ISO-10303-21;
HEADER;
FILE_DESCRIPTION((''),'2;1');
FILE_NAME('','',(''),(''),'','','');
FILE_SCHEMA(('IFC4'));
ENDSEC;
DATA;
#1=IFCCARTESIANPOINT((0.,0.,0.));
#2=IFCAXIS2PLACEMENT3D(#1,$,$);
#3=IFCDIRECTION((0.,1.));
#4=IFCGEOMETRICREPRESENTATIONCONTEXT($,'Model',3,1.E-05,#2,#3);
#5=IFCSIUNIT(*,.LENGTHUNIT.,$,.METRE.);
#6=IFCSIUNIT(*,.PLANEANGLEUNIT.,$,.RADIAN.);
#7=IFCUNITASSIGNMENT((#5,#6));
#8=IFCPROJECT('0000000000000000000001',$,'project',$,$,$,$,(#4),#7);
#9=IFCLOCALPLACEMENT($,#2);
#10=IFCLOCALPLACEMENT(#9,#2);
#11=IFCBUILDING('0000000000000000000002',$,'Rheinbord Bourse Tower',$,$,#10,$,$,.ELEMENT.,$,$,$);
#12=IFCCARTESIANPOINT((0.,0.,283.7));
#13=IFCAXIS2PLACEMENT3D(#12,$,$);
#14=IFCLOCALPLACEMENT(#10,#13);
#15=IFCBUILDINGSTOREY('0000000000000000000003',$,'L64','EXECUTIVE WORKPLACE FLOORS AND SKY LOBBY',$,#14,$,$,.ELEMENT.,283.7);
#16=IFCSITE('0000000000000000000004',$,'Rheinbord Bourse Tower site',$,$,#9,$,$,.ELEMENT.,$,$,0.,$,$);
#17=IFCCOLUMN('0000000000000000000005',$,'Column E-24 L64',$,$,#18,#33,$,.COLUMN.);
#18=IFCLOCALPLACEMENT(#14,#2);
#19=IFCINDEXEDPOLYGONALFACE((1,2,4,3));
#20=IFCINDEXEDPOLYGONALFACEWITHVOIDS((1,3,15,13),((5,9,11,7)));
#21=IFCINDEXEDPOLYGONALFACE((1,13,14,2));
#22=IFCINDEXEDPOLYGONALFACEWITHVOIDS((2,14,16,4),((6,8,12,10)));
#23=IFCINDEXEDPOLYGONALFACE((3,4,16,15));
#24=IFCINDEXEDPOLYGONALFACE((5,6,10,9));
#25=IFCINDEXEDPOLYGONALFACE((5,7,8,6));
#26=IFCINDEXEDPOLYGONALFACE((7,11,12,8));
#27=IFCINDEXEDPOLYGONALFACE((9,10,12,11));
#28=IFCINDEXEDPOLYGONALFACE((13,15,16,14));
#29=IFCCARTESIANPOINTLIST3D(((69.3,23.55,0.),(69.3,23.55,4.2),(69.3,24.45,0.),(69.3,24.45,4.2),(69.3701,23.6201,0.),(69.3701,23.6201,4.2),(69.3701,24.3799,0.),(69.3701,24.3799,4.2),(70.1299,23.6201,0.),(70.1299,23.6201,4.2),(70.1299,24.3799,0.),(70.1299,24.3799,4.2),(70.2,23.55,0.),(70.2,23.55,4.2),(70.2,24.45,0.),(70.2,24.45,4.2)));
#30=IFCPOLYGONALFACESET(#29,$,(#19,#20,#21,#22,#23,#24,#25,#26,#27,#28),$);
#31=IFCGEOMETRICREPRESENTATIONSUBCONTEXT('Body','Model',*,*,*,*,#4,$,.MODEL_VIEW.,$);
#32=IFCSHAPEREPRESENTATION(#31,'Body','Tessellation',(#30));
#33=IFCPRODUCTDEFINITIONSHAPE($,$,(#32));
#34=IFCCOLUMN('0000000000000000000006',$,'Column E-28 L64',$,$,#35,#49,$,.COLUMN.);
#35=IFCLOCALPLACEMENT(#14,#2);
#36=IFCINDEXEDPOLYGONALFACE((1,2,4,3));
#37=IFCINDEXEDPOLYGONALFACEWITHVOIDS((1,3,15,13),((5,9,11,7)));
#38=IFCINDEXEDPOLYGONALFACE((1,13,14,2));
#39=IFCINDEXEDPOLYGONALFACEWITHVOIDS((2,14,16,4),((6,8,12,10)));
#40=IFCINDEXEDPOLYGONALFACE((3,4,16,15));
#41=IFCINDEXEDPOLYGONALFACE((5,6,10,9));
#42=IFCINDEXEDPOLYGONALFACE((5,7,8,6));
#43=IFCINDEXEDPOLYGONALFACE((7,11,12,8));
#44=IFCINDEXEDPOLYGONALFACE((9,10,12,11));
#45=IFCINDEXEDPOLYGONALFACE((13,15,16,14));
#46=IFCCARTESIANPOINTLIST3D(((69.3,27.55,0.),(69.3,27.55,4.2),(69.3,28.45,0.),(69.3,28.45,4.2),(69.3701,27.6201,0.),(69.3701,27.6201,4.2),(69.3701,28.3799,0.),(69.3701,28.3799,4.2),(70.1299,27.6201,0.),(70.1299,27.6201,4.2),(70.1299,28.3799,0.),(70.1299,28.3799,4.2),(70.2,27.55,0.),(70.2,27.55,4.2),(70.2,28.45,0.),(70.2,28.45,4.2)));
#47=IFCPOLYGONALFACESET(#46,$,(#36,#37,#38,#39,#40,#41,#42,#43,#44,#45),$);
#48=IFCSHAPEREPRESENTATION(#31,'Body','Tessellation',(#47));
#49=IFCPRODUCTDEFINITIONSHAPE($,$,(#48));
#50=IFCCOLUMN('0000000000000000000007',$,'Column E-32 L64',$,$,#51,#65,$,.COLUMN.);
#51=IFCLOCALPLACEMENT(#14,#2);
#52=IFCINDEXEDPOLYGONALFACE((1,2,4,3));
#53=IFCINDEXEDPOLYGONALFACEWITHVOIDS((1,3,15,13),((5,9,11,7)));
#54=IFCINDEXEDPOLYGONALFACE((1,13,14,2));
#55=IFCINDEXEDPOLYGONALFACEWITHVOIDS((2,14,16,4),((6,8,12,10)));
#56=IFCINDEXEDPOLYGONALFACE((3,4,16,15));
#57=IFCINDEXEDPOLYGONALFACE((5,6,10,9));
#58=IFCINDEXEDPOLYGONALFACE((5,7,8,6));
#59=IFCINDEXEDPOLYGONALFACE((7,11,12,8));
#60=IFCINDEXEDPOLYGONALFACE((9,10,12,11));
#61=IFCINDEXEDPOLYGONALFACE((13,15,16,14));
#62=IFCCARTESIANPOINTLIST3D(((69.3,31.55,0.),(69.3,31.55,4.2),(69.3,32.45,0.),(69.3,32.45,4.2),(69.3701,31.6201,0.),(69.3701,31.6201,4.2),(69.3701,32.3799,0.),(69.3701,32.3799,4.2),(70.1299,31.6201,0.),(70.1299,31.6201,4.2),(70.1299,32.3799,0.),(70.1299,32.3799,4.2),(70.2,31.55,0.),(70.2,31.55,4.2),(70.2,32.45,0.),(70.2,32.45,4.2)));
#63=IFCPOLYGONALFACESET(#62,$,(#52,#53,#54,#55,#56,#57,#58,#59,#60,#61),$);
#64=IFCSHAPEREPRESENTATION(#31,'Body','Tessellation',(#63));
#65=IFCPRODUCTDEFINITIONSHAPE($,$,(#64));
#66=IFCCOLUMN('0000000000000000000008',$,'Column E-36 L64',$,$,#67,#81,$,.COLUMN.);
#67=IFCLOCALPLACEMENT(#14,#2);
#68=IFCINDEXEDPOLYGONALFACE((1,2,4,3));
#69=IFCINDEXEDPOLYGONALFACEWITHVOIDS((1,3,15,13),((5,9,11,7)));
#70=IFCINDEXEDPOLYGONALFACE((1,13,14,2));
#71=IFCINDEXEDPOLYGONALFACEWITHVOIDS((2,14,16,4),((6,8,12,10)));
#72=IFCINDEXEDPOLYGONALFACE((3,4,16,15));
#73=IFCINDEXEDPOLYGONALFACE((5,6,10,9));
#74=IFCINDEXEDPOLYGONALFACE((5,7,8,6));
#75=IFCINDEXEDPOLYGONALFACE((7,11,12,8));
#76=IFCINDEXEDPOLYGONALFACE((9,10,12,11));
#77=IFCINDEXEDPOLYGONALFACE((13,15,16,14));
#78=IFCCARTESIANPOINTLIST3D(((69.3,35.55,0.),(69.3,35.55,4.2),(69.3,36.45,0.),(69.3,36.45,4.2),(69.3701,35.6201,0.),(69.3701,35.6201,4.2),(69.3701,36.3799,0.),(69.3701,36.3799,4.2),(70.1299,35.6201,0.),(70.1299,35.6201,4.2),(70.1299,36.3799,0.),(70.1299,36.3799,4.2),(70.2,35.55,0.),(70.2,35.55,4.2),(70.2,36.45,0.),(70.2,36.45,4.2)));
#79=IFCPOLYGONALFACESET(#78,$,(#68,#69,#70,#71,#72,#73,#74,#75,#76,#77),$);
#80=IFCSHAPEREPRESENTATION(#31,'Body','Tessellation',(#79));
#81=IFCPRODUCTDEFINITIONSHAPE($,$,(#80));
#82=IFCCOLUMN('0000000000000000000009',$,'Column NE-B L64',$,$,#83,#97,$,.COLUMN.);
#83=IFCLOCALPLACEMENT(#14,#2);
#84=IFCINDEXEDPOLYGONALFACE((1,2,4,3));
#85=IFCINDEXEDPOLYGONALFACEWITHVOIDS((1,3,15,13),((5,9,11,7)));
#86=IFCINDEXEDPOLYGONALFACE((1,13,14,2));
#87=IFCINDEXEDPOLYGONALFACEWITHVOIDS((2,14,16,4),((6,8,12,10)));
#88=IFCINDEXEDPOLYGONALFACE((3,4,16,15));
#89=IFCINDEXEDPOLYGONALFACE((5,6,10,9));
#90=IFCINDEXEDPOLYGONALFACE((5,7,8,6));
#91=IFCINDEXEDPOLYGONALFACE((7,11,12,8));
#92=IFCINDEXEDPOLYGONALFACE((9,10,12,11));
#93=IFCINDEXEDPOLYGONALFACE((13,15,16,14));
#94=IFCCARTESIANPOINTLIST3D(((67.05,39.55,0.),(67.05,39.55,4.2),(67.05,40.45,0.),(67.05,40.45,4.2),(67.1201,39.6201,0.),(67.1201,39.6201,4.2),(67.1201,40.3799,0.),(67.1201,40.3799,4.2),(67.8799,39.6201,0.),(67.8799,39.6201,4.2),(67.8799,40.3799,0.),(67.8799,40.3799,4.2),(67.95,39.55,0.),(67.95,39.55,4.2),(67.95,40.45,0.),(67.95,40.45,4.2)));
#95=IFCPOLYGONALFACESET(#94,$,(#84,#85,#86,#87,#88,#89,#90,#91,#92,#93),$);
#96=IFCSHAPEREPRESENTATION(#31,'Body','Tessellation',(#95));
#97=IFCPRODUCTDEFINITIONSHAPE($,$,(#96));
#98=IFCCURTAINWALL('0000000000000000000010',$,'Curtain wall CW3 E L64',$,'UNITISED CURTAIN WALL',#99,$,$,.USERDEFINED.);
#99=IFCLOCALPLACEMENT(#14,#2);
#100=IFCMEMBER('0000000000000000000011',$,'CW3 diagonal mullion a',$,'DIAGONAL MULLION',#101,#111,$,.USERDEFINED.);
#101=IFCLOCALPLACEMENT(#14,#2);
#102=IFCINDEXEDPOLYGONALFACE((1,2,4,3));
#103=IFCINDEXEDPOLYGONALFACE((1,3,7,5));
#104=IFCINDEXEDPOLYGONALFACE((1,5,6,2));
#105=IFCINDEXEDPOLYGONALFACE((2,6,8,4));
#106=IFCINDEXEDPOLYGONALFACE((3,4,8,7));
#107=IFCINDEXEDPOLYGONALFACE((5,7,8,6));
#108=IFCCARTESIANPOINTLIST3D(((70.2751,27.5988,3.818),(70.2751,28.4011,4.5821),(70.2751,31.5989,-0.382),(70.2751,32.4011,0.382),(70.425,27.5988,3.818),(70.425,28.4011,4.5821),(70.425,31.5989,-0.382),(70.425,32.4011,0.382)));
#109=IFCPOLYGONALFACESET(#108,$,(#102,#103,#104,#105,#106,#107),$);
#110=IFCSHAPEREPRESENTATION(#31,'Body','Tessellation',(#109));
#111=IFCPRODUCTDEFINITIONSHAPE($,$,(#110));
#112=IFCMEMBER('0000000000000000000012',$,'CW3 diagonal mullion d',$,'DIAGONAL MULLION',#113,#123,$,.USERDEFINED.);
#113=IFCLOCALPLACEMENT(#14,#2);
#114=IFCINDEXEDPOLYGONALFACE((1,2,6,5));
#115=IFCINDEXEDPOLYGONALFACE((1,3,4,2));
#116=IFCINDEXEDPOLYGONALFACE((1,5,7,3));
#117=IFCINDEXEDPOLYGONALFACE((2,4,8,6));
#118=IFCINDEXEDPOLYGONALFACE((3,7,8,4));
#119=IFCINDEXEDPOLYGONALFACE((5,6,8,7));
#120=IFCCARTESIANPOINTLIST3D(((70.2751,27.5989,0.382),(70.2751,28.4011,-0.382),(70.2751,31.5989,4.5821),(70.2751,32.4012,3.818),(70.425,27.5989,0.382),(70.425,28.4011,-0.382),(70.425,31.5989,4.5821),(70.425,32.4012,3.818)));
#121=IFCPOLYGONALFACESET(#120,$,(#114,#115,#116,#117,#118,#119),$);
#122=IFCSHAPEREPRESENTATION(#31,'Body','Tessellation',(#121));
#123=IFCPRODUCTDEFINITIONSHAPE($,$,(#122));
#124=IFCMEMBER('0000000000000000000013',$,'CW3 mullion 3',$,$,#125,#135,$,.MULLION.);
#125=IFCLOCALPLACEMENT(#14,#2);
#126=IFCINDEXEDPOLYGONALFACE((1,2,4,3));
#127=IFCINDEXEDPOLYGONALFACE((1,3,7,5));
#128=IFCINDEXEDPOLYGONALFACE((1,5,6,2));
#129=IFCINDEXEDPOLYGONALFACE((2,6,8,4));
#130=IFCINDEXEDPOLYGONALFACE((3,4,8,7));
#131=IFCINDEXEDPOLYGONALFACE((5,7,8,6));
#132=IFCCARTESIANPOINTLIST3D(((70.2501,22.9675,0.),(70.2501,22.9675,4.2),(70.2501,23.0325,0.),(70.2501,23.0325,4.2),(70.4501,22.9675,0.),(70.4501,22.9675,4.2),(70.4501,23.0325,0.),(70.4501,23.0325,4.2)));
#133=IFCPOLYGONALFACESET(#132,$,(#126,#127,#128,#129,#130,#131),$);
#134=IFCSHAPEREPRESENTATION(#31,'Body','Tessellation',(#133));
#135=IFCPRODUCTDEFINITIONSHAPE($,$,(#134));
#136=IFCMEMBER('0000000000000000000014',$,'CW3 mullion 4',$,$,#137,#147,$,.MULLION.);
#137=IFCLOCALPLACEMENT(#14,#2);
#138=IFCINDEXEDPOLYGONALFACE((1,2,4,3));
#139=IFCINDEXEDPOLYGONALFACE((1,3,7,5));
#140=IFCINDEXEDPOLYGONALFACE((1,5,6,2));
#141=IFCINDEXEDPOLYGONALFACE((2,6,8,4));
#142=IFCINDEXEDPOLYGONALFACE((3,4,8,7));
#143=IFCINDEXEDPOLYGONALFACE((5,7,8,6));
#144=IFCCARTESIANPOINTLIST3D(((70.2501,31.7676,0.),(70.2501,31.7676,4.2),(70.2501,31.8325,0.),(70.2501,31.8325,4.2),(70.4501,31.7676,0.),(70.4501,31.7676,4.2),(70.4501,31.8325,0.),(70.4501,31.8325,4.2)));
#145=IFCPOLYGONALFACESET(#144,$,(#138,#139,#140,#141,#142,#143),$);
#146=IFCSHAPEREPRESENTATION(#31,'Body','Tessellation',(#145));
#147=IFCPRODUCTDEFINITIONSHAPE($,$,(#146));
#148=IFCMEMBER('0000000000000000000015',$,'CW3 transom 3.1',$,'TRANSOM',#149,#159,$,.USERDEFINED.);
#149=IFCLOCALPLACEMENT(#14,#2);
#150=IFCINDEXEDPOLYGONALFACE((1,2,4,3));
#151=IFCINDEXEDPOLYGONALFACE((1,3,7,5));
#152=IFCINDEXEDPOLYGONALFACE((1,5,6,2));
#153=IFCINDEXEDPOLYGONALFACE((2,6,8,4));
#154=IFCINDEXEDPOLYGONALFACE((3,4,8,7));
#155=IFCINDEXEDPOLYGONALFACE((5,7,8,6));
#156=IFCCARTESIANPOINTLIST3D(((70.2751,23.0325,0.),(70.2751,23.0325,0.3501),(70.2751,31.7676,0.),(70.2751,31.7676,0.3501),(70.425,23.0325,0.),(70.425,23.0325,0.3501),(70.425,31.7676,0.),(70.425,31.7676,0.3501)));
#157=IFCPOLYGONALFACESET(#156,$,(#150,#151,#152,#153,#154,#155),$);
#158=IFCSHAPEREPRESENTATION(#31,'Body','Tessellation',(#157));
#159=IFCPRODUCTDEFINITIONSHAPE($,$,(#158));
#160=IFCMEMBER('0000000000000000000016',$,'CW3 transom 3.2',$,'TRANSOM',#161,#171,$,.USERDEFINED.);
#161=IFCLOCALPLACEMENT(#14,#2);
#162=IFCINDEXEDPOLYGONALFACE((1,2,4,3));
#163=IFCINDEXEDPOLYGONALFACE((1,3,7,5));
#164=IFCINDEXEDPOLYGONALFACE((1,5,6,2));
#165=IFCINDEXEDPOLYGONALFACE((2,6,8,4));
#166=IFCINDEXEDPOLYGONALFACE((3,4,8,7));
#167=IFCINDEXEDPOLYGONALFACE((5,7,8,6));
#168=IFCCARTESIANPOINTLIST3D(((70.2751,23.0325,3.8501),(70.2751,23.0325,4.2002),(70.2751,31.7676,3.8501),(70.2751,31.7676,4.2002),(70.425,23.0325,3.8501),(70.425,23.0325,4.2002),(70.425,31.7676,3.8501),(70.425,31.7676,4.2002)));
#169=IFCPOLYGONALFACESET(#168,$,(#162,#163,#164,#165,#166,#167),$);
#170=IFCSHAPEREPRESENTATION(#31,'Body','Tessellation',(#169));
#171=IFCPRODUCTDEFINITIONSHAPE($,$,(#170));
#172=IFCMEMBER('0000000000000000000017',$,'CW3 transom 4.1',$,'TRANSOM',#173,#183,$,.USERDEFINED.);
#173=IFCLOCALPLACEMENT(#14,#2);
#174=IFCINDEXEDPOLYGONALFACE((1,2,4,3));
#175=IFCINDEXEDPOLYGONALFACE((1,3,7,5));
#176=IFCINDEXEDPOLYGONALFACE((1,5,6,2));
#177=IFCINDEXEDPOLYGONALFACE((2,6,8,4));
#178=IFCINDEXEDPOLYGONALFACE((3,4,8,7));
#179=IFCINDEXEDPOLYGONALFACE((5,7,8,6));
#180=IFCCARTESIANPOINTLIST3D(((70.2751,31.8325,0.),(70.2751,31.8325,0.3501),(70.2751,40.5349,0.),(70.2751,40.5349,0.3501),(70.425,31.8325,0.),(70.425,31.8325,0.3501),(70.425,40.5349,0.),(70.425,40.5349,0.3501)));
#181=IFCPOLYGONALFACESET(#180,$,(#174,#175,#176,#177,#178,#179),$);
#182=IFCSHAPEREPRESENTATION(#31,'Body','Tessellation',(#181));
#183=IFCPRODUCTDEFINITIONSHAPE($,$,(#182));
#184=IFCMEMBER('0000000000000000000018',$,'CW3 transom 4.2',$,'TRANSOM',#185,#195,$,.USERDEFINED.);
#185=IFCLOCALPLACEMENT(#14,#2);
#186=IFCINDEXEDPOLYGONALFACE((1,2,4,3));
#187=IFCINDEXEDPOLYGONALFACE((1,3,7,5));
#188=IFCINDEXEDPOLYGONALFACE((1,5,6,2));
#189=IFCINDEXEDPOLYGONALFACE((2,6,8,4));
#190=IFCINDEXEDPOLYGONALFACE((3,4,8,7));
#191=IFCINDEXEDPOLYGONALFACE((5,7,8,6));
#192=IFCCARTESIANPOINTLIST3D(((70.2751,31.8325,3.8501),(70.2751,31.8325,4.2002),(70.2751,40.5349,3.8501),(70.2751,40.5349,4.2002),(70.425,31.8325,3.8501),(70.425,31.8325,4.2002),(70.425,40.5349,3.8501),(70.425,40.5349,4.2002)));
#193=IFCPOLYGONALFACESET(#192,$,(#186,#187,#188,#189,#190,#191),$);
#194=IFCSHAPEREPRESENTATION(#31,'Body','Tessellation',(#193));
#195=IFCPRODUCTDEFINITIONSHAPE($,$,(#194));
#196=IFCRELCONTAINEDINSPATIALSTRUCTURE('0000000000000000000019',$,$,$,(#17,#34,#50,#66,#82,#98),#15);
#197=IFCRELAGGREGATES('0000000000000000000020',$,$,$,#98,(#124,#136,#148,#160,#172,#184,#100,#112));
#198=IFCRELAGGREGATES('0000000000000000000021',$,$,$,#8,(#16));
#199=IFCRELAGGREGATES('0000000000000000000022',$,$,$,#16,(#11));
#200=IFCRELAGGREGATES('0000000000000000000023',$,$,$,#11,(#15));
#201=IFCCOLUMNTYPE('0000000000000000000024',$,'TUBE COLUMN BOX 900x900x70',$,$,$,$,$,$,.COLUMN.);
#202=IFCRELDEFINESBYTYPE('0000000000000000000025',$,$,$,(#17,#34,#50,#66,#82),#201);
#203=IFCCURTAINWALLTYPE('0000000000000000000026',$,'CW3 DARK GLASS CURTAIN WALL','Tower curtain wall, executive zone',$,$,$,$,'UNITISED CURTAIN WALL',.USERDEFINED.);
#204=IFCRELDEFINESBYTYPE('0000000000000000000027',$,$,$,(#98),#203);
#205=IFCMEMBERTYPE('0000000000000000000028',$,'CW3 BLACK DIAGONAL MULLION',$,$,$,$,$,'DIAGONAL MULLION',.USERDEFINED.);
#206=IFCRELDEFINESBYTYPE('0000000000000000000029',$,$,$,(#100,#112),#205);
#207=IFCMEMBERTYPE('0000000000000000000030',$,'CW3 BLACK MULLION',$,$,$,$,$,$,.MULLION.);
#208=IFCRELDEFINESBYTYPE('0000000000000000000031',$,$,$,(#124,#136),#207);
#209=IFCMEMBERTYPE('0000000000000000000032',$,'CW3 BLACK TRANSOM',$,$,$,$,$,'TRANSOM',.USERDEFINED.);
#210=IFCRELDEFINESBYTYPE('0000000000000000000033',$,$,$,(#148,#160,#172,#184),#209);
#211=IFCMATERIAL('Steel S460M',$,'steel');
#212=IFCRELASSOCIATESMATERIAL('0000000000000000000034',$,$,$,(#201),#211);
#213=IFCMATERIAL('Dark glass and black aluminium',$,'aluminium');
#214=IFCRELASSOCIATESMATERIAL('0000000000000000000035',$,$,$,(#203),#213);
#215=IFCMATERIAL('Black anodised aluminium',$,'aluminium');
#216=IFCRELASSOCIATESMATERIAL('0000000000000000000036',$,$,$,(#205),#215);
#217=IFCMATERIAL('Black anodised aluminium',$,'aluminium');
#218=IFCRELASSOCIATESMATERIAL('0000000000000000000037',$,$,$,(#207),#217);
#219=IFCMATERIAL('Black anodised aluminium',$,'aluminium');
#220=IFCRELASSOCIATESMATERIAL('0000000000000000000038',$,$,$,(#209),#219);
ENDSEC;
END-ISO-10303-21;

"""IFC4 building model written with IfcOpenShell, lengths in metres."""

from ifc_helpers import new_model, si_unit, direction, frame, origin, origin_2d, place, context, subcontext, project, spatial, rectangle, hollow_rectangle, extrude, material, material_profile, profile_set, type_object, element, aggregate, save


model = new_model("IFC4")

# Units and contexts
model_context = context("Model", 3, precision=1e-05, world=origin(), true_north=direction((0.0, 1.0)))
body_context = subcontext(model_context, "Body", "Model", "MODEL_VIEW")
ifc_project = project(units=[si_unit("LENGTHUNIT", "METRE"), si_unit("PLANEANGLEUNIT", "RADIAN")], contexts=[model_context])

# Site, building, storey
site_placement = place(None, origin())
site = spatial("IfcSite", under=ifc_project, at=site_placement, Name="Rheinbord Bourse Tower site", CompositionType="ELEMENT", RefElevation=0.0)
building_placement = place(site_placement, origin())
building = spatial("IfcBuilding", under=site, at=building_placement, Name="Rheinbord Bourse Tower", CompositionType="ELEMENT")
storey_placement = place(building_placement, frame((0.0, 0.0, 283.7)))
storey = spatial("IfcBuildingStorey", under=building, at=storey_placement, Name="L64", Description="EXECUTIVE WORKPLACE FLOORS AND SKY LOBBY", CompositionType="ELEMENT", Elevation=283.7)

# Columns
ifc_material_1 = material(Name="Steel S460M", Category="steel")
ifc_material_profile_1 = material_profile(ifc_material_1, hollow_rectangle(XDim=0.8999, YDim=0.8999, WallThickness=0.0701, at=origin_2d()), Name="BOX 900x900x70")
ifc_profile_set_1 = profile_set([ifc_material_profile_1], Name="Steel S460M")
column_type = type_object("IfcColumnType", Name="TUBE COLUMN BOX 900x900x70", PredefinedType="COLUMN", material=ifc_profile_set_1)
for number, where, z_axis, x_axis, name in (
    (1, (69.75, 24.0, 0.0), (0.0, 0.0, 1.0), (1.0, 0.0, 0.0), "Column E-24 L64"),
    (2, (69.75, 28.0, 0.0), (0.0, 0.0, 1.0), (1.0, 0.0, 0.0), "Column E-28 L64"),
    (3, (69.75, 32.0, 0.0), (0.0, 0.0, 1.0), (1.0, 0.0, 0.0), "Column E-32 L64"),
    (4, (69.75, 36.0, 0.0), (0.0, 0.0, 1.0), (1.0, 0.0, 0.0), "Column E-36 L64"),
    (5, (67.5, 40.0, 0.0), (0.0, 0.0, 1.0), (1.0, 0.0, 0.0), "Column NE-B L64"),
):
    element("IfcColumn", number, at=place(storey_placement, frame(where, z_axis=z_axis, x_axis=x_axis)), inside=storey, type_object=column_type, Name=name, PredefinedType="COLUMN", context=body_context, shape_type="SweptSolid", body=[
        extrude(hollow_rectangle(XDim=0.8999, YDim=0.8999, WallThickness=0.0701, at=origin_2d()), origin(), (0.0, 0.0, 1.0), 4.2),
    ])

# Curtain wall, members
ifc_material_2 = material(Name="Dark glass and black aluminium", Category="aluminium")
curtain_wall_type = type_object("IfcCurtainWallType", Name="CW3 DARK GLASS CURTAIN WALL", Description="Tower curtain wall, executive zone", ElementType="UNITISED CURTAIN WALL", PredefinedType="USERDEFINED", material=ifc_material_2)
curtain_wall_placement = place(storey_placement, origin())
curtain_wall = element("IfcCurtainWall", 6, at=curtain_wall_placement, inside=storey, type_object=curtain_wall_type, Name="Curtain wall CW3 E L64", ObjectType="UNITISED CURTAIN WALL", PredefinedType="USERDEFINED")
ifc_material_3 = material(Name="Black anodised aluminium", Category="aluminium")
ifc_material_profile_2 = material_profile(ifc_material_3, rectangle(XDim=0.1499, YDim=1.1079, at=origin_2d()), Name="CW3 DIAGONAL MULLION 1108x150")
ifc_profile_set_2 = profile_set([ifc_material_profile_2], Name="Black anodised aluminium")
member_type_1 = type_object("IfcMemberType", Name="CW3 BLACK DIAGONAL MULLION", ElementType="DIAGONAL MULLION", PredefinedType="USERDEFINED", material=ifc_profile_set_2)
member_1_placement = place(storey_placement, frame((70.3501, 32.0, 0.0), z_axis=(0.0, -0.689659, 0.724134), x_axis=(1.0, 0.0, 0.0)))
member_1 = element("IfcMember", 7, at=member_1_placement, type_object=member_type_1, Name="CW3 diagonal mullion a", ObjectType="DIAGONAL MULLION", PredefinedType="USERDEFINED", context=body_context, shape_type="SweptSolid", body=[
    extrude(rectangle(XDim=0.1499, YDim=1.1079, at=origin_2d()), origin(), (0.0, 0.0, 1.0), 5.8),
])
member_2_placement = place(storey_placement, frame((70.3501, 28.0, 0.0), z_axis=(0.0, 0.689659, 0.724134), x_axis=(-1.0, 0.0, 0.0)))
member_2 = element("IfcMember", 8, at=member_2_placement, type_object=member_type_1, Name="CW3 diagonal mullion d", ObjectType="DIAGONAL MULLION", PredefinedType="USERDEFINED", context=body_context, shape_type="SweptSolid", body=[
    extrude(rectangle(XDim=0.1499, YDim=1.1079, at=origin_2d()), origin(), (0.0, 0.0, 1.0), 5.8),
])
ifc_material_4 = material(Name="Black anodised aluminium", Category="aluminium")
ifc_material_profile_3 = material_profile(ifc_material_4, rectangle(XDim=0.2, YDim=0.0649, at=origin_2d()), Name="CW3 MULLION 65x200")
ifc_profile_set_3 = profile_set([ifc_material_profile_3], Name="Black anodised aluminium")
member_type_2 = type_object("IfcMemberType", Name="CW3 BLACK MULLION", PredefinedType="MULLION", material=ifc_profile_set_3)
member_3_placement = place(storey_placement, frame((70.3501, 23.0, 0.0), z_axis=(0.0, 0.0, 1.0), x_axis=(-1.0, 0.0, 0.0)))
member_3 = element("IfcMember", 9, at=member_3_placement, type_object=member_type_2, Name="CW3 mullion 3", PredefinedType="MULLION", context=body_context, shape_type="SweptSolid", body=[
    extrude(rectangle(XDim=0.2, YDim=0.0649, at=origin_2d()), origin(), (0.0, 0.0, 1.0), 4.2),
])
member_4_placement = place(storey_placement, frame((70.3501, 31.8, 0.0), z_axis=(0.0, 0.0, 1.0), x_axis=(-1.0, 0.0, 0.0)))
member_4 = element("IfcMember", 10, at=member_4_placement, type_object=member_type_2, Name="CW3 mullion 4", PredefinedType="MULLION", context=body_context, shape_type="SweptSolid", body=[
    extrude(rectangle(XDim=0.2, YDim=0.0649, at=origin_2d()), origin(), (0.0, 0.0, 1.0), 4.2),
])
ifc_material_5 = material(Name="Black anodised aluminium", Category="aluminium")
ifc_material_profile_4 = material_profile(ifc_material_5, rectangle(XDim=0.1499, YDim=0.3501, at=origin_2d()), Name="CW3 TRANSOM 350x150")
ifc_profile_set_4 = profile_set([ifc_material_profile_4], Name="Black anodised aluminium")
member_type_3 = type_object("IfcMemberType", Name="CW3 BLACK TRANSOM", ElementType="TRANSOM", PredefinedType="USERDEFINED", material=ifc_profile_set_4)
member_5_placement = place(storey_placement, frame((70.3501, 23.0325, 0.175), z_axis=(0.0, 1.0, 0.0), x_axis=(-1.0, 0.0, 0.0)))
member_5 = element("IfcMember", 11, at=member_5_placement, type_object=member_type_3, Name="CW3 transom 3.1", ObjectType="TRANSOM", PredefinedType="USERDEFINED", context=body_context, shape_type="SweptSolid", body=[
    extrude(rectangle(XDim=0.1499, YDim=0.3501, at=origin_2d()), origin(), (0.0, 0.0, 1.0), 8.7351),
])
member_6_placement = place(storey_placement, frame((70.3501, 23.0325, 4.0251), z_axis=(0.0, 1.0, 0.0), x_axis=(-1.0, 0.0, 0.0)))
member_6 = element("IfcMember", 12, at=member_6_placement, type_object=member_type_3, Name="CW3 transom 3.2", ObjectType="TRANSOM", PredefinedType="USERDEFINED", context=body_context, shape_type="SweptSolid", body=[
    extrude(rectangle(XDim=0.1499, YDim=0.3501, at=origin_2d()), origin(), (0.0, 0.0, 1.0), 8.7351),
])
member_7_placement = place(storey_placement, frame((70.3501, 31.8325, 0.175), z_axis=(0.0, 1.0, 0.0), x_axis=(-1.0, 0.0, 0.0)))
member_7 = element("IfcMember", 13, at=member_7_placement, type_object=member_type_3, Name="CW3 transom 4.1", ObjectType="TRANSOM", PredefinedType="USERDEFINED", context=body_context, shape_type="SweptSolid", body=[
    extrude(rectangle(XDim=0.1499, YDim=0.3501, at=origin_2d()), origin(), (0.0, 0.0, 1.0), 8.7024),
])
member_8_placement = place(storey_placement, frame((70.3501, 31.8325, 4.0251), z_axis=(0.0, 1.0, 0.0), x_axis=(-1.0, 0.0, 0.0)))
member_8 = element("IfcMember", 14, at=member_8_placement, type_object=member_type_3, Name="CW3 transom 4.2", ObjectType="TRANSOM", PredefinedType="USERDEFINED", context=body_context, shape_type="SweptSolid", body=[
    extrude(rectangle(XDim=0.1499, YDim=0.3501, at=origin_2d()), origin(), (0.0, 0.0, 1.0), 8.7024),
])

aggregate(curtain_wall, [member_3, member_4, member_5, member_6, member_7, member_8, member_1, member_2])

save(model, "model.ifc")
